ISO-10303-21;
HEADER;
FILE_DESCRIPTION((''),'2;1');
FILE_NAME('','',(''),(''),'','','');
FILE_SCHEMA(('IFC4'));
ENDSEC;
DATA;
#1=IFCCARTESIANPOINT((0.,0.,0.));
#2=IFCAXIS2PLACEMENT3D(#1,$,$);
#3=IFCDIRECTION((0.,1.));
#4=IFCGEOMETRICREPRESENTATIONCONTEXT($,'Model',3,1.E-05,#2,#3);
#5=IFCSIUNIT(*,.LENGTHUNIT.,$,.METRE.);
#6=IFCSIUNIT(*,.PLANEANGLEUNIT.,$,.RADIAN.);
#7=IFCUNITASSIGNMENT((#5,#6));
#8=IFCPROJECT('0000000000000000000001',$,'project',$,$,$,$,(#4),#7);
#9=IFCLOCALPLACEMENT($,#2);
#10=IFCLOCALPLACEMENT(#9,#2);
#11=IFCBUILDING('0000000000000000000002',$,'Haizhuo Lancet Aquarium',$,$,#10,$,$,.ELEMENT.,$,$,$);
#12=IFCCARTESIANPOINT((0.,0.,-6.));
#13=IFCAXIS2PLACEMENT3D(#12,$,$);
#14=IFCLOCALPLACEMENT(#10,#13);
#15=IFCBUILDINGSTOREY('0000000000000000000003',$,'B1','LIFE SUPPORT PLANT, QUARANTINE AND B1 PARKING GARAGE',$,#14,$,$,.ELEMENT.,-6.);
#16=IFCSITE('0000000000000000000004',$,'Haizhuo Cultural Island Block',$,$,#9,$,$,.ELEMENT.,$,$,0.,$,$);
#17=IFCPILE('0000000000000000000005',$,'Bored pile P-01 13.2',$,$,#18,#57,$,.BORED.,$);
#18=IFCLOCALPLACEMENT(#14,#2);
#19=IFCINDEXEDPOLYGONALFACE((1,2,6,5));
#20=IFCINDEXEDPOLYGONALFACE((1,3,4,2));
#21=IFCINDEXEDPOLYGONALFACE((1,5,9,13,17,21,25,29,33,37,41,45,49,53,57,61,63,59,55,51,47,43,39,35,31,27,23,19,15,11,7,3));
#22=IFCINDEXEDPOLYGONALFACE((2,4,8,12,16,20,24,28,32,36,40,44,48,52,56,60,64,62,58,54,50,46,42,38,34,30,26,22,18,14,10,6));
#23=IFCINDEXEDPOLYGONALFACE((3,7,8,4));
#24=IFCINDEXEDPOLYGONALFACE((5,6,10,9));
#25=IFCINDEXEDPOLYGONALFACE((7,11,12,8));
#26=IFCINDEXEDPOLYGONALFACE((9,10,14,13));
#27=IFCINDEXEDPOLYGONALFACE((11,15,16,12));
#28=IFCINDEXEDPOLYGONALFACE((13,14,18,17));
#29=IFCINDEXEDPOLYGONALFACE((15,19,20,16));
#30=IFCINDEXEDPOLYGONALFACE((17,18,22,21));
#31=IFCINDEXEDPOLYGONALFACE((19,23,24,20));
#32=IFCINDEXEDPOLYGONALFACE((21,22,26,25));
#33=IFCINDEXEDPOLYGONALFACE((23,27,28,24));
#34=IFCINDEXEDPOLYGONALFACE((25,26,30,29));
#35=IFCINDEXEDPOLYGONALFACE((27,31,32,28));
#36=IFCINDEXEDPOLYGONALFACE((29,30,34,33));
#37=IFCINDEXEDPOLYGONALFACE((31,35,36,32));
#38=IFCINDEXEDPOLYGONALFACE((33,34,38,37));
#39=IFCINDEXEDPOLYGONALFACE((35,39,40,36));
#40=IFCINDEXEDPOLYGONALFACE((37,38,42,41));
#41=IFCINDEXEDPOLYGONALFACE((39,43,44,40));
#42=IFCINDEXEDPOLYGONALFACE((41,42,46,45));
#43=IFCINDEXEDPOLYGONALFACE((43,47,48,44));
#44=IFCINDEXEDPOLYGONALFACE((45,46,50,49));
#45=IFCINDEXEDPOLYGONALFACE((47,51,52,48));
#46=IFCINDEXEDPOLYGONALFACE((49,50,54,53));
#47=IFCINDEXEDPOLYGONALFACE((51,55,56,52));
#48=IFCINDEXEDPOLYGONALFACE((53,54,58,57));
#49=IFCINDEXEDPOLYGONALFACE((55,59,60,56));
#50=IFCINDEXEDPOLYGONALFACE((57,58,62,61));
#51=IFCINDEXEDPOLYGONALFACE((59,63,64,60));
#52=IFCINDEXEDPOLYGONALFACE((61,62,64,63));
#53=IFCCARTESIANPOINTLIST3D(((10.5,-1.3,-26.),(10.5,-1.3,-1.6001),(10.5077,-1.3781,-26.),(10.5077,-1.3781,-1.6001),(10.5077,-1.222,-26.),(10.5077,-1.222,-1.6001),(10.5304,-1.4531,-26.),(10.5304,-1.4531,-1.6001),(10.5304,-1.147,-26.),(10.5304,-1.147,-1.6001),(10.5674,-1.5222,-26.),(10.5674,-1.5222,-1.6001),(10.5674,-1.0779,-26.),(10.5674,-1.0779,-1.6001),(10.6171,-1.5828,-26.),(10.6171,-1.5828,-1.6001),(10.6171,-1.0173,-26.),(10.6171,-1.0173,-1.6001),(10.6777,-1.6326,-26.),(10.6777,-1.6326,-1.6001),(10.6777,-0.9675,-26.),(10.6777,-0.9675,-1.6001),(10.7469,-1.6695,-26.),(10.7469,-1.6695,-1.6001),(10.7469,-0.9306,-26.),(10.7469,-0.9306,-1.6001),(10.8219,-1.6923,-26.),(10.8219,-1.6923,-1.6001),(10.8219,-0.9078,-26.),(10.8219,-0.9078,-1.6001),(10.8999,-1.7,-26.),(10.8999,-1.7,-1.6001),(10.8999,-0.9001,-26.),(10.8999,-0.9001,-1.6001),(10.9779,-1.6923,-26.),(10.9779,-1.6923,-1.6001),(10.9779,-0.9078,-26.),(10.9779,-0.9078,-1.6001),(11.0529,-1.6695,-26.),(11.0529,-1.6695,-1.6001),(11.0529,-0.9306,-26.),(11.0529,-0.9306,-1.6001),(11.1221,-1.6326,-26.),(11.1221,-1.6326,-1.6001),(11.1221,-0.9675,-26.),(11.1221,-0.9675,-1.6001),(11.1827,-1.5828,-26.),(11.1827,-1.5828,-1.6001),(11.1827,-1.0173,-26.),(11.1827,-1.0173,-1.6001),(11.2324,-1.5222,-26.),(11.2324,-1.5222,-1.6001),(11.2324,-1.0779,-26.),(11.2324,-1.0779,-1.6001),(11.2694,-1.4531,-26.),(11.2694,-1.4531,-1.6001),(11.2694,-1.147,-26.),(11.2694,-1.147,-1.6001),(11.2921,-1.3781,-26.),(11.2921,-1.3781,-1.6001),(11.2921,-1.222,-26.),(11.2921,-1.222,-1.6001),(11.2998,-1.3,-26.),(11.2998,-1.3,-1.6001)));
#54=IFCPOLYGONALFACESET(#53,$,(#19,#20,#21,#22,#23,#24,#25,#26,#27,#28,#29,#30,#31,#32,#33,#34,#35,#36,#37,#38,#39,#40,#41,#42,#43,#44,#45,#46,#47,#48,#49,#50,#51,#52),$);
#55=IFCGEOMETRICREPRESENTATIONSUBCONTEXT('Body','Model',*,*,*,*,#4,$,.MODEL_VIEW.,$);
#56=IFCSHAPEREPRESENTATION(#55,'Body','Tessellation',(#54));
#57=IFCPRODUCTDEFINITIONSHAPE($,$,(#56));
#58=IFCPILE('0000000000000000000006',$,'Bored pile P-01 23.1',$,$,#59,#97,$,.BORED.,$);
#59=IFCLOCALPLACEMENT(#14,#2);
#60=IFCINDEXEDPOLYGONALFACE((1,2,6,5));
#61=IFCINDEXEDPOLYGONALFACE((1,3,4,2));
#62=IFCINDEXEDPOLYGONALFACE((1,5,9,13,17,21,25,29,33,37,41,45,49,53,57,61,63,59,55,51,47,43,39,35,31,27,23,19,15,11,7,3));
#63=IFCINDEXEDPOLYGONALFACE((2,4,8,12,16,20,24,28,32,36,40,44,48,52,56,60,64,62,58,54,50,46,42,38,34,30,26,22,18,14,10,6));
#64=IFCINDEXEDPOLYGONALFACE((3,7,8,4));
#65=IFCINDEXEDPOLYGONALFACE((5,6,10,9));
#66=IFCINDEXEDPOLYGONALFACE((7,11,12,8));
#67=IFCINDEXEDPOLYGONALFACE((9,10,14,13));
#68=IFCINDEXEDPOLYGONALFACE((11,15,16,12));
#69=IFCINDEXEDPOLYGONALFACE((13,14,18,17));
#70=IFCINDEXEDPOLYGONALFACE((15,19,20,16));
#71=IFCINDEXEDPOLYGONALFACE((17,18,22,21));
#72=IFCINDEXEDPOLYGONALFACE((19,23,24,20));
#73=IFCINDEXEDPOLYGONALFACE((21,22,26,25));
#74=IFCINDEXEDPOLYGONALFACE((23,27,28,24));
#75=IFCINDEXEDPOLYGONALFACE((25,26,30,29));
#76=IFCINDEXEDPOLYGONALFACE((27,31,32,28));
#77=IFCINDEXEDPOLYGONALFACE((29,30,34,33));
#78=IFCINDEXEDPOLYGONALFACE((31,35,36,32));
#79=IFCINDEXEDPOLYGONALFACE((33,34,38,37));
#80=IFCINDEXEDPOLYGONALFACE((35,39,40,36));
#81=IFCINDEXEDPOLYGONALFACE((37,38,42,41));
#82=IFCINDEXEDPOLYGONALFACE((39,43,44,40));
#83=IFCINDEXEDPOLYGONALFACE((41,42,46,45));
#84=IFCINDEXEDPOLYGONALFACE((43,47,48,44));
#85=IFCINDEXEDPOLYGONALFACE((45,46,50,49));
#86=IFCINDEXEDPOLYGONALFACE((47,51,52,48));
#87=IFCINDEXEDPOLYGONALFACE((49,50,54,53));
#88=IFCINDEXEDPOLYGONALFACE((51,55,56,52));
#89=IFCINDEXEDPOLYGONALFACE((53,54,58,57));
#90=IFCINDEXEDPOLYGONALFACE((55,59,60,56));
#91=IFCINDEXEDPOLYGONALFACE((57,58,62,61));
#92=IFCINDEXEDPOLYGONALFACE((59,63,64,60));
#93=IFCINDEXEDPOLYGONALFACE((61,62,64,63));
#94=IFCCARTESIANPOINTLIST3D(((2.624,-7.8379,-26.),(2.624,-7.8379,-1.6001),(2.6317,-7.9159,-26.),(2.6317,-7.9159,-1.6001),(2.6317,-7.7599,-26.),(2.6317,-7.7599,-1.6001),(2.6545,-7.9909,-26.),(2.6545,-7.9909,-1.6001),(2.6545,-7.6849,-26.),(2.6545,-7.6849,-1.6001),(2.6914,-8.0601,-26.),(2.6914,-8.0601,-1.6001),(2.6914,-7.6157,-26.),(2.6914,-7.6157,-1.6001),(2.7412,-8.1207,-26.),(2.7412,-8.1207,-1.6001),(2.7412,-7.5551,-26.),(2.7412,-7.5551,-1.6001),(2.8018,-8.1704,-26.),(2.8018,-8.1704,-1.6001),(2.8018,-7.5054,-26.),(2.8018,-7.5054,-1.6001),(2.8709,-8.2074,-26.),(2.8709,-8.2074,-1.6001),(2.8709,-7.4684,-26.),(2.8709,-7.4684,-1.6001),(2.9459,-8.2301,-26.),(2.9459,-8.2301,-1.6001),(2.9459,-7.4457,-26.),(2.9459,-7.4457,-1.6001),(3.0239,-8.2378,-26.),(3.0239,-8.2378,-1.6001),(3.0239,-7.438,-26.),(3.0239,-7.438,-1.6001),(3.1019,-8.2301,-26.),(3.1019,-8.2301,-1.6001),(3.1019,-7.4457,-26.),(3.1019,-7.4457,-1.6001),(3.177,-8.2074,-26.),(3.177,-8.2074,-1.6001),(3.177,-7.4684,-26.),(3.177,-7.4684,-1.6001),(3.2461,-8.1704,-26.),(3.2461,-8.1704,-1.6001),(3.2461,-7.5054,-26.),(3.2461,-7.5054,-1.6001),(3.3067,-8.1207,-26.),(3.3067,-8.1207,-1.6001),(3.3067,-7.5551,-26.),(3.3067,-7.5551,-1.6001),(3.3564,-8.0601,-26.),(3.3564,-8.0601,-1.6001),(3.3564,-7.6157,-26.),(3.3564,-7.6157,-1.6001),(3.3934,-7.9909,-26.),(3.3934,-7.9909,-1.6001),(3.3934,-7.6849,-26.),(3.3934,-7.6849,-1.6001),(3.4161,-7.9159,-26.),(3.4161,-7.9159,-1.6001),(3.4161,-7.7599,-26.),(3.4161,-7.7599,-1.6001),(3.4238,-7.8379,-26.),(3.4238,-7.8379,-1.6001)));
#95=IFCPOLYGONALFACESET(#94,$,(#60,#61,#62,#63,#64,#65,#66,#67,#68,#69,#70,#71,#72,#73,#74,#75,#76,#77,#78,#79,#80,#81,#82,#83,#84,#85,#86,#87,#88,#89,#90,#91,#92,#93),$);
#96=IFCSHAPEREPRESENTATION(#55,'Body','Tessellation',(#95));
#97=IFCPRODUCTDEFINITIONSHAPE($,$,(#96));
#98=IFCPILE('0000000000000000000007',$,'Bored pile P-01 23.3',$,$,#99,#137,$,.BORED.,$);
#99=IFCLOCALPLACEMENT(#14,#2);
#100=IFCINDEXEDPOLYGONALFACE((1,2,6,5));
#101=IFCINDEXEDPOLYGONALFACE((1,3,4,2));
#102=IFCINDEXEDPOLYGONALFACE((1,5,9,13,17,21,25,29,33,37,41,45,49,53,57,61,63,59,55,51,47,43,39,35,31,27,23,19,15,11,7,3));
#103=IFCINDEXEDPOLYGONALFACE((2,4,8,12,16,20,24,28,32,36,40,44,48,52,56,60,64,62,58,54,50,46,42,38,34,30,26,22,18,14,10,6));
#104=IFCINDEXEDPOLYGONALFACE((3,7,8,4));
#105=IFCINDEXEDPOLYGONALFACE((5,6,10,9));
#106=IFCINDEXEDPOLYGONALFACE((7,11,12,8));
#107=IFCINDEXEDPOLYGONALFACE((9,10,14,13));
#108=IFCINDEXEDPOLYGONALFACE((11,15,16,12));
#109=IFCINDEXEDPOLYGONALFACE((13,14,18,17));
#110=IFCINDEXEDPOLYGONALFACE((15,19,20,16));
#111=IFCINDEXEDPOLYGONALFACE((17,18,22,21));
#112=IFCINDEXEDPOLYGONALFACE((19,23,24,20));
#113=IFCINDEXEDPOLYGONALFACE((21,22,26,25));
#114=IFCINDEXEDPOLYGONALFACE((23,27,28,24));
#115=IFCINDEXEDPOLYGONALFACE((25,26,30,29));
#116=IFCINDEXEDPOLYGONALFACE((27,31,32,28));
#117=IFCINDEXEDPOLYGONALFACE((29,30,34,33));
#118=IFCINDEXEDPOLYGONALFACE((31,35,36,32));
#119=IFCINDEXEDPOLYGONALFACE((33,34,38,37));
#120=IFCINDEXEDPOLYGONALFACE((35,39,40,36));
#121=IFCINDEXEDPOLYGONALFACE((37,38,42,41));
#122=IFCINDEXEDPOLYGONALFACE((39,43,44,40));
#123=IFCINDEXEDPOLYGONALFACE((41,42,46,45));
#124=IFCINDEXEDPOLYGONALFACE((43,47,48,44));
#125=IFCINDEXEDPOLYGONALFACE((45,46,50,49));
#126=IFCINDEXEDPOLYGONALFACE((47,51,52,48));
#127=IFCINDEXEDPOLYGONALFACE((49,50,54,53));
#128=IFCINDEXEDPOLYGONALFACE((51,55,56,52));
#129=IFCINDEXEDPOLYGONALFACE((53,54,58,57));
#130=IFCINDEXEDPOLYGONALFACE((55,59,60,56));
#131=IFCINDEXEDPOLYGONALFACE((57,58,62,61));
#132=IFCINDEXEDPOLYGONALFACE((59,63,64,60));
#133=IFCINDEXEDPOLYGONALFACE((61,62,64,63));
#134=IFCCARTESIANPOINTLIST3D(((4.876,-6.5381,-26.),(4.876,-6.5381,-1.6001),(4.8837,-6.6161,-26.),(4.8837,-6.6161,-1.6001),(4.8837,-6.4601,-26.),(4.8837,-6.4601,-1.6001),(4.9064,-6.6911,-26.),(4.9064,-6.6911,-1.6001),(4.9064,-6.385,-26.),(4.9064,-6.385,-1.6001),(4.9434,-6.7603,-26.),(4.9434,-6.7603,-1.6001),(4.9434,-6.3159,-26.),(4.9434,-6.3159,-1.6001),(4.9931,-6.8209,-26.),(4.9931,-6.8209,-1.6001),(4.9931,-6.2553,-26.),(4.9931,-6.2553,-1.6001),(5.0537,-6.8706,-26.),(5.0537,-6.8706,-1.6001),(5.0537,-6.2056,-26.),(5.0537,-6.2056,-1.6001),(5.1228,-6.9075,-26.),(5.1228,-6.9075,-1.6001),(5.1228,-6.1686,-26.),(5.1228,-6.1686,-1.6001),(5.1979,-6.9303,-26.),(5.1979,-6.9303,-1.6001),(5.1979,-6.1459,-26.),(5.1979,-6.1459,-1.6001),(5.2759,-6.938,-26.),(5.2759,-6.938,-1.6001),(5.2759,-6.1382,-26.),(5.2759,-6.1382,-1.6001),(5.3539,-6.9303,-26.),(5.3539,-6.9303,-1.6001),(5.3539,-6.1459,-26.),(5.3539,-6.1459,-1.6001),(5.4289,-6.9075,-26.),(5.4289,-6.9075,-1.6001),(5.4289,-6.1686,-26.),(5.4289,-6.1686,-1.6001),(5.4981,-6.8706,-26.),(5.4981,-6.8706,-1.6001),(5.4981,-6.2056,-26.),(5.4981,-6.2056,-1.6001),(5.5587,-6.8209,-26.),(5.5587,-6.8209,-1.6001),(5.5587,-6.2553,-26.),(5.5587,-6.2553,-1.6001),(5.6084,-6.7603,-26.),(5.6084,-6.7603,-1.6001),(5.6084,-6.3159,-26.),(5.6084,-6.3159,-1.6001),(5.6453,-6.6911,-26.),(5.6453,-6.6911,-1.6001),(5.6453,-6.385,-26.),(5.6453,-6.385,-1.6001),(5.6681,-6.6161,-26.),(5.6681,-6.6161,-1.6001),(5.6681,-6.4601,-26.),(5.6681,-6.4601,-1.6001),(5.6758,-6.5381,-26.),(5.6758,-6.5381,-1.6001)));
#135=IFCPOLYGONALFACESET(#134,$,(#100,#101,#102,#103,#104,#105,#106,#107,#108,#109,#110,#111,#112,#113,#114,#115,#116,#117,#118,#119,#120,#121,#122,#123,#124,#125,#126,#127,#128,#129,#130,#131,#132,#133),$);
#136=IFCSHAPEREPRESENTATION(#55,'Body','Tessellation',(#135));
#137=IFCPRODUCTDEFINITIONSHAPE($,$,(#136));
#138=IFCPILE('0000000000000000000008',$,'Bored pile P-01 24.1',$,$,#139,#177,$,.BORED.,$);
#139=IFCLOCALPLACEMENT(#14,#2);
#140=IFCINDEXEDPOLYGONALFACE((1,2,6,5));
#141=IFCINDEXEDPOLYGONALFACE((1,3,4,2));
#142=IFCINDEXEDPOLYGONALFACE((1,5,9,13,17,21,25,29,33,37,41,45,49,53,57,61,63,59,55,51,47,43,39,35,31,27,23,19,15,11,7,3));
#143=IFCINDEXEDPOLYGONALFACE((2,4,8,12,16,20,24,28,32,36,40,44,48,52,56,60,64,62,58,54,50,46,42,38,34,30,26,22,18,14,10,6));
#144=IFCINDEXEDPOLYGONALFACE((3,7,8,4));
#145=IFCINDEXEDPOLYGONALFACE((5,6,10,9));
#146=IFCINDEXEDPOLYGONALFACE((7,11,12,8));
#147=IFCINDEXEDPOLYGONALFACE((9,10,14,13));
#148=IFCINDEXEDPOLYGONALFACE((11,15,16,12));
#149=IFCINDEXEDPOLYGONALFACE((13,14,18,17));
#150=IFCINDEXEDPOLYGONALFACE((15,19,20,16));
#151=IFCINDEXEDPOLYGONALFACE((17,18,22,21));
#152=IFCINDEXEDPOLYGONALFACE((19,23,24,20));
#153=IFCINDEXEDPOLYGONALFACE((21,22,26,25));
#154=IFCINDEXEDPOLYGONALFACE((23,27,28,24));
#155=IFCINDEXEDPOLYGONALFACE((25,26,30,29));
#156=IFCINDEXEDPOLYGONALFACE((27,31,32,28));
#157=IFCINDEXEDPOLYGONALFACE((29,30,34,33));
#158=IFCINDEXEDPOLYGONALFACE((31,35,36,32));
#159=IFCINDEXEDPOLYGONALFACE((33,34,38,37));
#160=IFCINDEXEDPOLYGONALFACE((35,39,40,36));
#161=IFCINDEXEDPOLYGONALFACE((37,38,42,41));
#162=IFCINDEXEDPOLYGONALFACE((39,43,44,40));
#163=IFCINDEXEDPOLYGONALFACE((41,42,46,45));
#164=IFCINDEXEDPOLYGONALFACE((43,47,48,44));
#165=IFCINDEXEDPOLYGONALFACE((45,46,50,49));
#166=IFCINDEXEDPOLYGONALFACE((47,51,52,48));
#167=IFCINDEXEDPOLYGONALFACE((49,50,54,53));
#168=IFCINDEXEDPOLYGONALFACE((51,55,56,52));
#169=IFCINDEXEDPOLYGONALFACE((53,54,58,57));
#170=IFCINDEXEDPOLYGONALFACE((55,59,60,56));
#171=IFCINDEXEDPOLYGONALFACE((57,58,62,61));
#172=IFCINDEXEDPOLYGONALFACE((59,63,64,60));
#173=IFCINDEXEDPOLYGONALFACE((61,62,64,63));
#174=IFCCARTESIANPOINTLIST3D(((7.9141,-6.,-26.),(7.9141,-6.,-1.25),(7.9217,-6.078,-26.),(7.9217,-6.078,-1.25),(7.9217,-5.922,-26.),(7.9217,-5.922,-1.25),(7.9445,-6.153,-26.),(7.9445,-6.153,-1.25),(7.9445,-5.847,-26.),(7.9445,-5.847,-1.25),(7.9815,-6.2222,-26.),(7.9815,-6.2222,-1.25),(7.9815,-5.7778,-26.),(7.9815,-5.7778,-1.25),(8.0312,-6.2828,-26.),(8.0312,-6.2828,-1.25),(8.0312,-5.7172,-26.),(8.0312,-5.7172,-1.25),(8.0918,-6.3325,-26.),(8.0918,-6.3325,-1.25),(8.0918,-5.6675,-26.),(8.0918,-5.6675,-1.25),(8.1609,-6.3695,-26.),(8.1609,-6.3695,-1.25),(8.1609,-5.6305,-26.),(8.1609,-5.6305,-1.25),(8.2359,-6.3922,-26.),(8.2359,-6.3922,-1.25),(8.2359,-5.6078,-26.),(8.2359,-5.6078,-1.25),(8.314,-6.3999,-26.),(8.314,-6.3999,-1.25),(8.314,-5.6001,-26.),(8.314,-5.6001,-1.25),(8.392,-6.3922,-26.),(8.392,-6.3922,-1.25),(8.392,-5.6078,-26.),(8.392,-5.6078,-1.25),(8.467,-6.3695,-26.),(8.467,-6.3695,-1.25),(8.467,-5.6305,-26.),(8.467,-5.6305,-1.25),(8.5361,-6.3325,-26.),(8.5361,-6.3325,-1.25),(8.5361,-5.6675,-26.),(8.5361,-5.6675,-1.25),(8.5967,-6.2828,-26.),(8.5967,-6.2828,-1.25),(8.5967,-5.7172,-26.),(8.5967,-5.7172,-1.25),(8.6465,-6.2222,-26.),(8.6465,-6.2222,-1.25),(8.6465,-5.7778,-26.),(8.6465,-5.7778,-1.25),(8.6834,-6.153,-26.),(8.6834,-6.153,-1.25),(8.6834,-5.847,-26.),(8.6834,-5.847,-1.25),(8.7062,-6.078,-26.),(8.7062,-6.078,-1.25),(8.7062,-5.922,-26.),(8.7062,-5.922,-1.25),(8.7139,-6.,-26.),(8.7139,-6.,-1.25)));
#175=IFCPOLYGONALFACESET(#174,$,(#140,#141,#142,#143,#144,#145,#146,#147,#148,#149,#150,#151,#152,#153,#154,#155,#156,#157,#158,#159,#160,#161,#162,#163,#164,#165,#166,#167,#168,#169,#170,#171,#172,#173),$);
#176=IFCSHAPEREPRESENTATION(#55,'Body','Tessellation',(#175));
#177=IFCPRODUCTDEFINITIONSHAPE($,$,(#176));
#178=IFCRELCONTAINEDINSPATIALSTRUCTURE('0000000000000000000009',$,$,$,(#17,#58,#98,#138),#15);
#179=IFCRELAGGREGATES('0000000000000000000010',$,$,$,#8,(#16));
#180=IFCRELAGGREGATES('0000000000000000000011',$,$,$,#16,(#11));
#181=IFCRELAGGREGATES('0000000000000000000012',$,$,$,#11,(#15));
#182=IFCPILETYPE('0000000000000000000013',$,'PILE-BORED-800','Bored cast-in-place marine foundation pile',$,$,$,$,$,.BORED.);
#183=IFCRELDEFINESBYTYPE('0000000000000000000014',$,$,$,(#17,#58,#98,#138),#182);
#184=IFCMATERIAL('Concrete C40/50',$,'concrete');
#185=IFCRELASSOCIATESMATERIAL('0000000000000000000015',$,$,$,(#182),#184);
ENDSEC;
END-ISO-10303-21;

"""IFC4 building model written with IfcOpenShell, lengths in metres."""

from ifc_helpers import new_model, si_unit, direction, frame, origin, origin_2d, place, context, subcontext, project, spatial, circle, extrude, material, material_profile, profile_set, type_object, element, save


model = new_model("IFC4")

# Units and contexts
model_context = context("Model", 3, precision=1e-05, world=origin(), true_north=direction((0.0, 1.0)))
body_context = subcontext(model_context, "Body", "Model", "MODEL_VIEW")
ifc_project = project(units=[si_unit("LENGTHUNIT", "METRE"), si_unit("PLANEANGLEUNIT", "RADIAN")], contexts=[model_context])

# Site, building, storey
site_placement = place(None, origin())
site = spatial("IfcSite", under=ifc_project, at=site_placement, Name="Haizhuo Cultural Island Block", CompositionType="ELEMENT", RefElevation=0.0)
building_placement = place(site_placement, origin())
building = spatial("IfcBuilding", under=site, at=building_placement, Name="Haizhuo Lancet Aquarium", CompositionType="ELEMENT")
storey_placement = place(building_placement, frame((0.0, 0.0, -6.0)))
storey = spatial("IfcBuildingStorey", under=building, at=storey_placement, Name="B1", Description="LIFE SUPPORT PLANT, QUARANTINE AND B1 PARKING GARAGE", CompositionType="ELEMENT", Elevation=-6.0)

# Shared definitions
ifc_material_1 = material(Name="Concrete C40/50", Category="concrete")

# Piles
ifc_material_profile_1 = material_profile(ifc_material_1, circle(Radius=0.3999, at=origin_2d()), Name="PILE-800")
ifc_profile_set_1 = profile_set([ifc_material_profile_1], Name="Concrete C40/50")
pile_type_1 = type_object("IfcPileType", Name="PILE-BORED-800", Description="Bored cast-in-place marine foundation pile", PredefinedType="BORED", material=ifc_profile_set_1)
for number, where, z_axis, x_axis, name in (
    (1, (10.8999, -1.3, -1.6001), (0.0, 0.0, -1.0), (1.0, 0.0, 0.0), "Bored pile P-01 13.2"),
    (2, (3.0239, -7.8379, -1.6001), (0.0, 0.0, -1.0), (1.0, 0.0, 0.0), "Bored pile P-01 23.1"),
    (3, (5.2759, -6.5381, -1.6001), (0.0, 0.0, -1.0), (1.0, 0.0, 0.0), "Bored pile P-01 23.3"),
):
    element("IfcPile", number, at=place(storey_placement, frame(where, z_axis=z_axis, x_axis=x_axis)), inside=storey, type_object=pile_type_1, Name=name, PredefinedType="BORED", context=body_context, shape_type="SweptSolid", body=[
        extrude(circle(Radius=0.3999, at=origin_2d()), origin(), (0.0, 0.0, 1.0), 24.3999),
    ])
for number, where, z_axis, x_axis, name in (
    (4, (8.314, -6.0, -1.25), (0.0, 0.0, -1.0), (1.0, 0.0, 0.0), "Bored pile P-01 24.1"),
):
    element("IfcPile", number, at=place(storey_placement, frame(where, z_axis=z_axis, x_axis=x_axis)), inside=storey, type_object=pile_type_1, Name=name, PredefinedType="BORED", context=body_context, shape_type="SweptSolid", body=[
        extrude(circle(Radius=0.3999, at=origin_2d()), origin(), (0.0, 0.0, 1.0), 24.75),
    ])

save(model, "model.ifc")
